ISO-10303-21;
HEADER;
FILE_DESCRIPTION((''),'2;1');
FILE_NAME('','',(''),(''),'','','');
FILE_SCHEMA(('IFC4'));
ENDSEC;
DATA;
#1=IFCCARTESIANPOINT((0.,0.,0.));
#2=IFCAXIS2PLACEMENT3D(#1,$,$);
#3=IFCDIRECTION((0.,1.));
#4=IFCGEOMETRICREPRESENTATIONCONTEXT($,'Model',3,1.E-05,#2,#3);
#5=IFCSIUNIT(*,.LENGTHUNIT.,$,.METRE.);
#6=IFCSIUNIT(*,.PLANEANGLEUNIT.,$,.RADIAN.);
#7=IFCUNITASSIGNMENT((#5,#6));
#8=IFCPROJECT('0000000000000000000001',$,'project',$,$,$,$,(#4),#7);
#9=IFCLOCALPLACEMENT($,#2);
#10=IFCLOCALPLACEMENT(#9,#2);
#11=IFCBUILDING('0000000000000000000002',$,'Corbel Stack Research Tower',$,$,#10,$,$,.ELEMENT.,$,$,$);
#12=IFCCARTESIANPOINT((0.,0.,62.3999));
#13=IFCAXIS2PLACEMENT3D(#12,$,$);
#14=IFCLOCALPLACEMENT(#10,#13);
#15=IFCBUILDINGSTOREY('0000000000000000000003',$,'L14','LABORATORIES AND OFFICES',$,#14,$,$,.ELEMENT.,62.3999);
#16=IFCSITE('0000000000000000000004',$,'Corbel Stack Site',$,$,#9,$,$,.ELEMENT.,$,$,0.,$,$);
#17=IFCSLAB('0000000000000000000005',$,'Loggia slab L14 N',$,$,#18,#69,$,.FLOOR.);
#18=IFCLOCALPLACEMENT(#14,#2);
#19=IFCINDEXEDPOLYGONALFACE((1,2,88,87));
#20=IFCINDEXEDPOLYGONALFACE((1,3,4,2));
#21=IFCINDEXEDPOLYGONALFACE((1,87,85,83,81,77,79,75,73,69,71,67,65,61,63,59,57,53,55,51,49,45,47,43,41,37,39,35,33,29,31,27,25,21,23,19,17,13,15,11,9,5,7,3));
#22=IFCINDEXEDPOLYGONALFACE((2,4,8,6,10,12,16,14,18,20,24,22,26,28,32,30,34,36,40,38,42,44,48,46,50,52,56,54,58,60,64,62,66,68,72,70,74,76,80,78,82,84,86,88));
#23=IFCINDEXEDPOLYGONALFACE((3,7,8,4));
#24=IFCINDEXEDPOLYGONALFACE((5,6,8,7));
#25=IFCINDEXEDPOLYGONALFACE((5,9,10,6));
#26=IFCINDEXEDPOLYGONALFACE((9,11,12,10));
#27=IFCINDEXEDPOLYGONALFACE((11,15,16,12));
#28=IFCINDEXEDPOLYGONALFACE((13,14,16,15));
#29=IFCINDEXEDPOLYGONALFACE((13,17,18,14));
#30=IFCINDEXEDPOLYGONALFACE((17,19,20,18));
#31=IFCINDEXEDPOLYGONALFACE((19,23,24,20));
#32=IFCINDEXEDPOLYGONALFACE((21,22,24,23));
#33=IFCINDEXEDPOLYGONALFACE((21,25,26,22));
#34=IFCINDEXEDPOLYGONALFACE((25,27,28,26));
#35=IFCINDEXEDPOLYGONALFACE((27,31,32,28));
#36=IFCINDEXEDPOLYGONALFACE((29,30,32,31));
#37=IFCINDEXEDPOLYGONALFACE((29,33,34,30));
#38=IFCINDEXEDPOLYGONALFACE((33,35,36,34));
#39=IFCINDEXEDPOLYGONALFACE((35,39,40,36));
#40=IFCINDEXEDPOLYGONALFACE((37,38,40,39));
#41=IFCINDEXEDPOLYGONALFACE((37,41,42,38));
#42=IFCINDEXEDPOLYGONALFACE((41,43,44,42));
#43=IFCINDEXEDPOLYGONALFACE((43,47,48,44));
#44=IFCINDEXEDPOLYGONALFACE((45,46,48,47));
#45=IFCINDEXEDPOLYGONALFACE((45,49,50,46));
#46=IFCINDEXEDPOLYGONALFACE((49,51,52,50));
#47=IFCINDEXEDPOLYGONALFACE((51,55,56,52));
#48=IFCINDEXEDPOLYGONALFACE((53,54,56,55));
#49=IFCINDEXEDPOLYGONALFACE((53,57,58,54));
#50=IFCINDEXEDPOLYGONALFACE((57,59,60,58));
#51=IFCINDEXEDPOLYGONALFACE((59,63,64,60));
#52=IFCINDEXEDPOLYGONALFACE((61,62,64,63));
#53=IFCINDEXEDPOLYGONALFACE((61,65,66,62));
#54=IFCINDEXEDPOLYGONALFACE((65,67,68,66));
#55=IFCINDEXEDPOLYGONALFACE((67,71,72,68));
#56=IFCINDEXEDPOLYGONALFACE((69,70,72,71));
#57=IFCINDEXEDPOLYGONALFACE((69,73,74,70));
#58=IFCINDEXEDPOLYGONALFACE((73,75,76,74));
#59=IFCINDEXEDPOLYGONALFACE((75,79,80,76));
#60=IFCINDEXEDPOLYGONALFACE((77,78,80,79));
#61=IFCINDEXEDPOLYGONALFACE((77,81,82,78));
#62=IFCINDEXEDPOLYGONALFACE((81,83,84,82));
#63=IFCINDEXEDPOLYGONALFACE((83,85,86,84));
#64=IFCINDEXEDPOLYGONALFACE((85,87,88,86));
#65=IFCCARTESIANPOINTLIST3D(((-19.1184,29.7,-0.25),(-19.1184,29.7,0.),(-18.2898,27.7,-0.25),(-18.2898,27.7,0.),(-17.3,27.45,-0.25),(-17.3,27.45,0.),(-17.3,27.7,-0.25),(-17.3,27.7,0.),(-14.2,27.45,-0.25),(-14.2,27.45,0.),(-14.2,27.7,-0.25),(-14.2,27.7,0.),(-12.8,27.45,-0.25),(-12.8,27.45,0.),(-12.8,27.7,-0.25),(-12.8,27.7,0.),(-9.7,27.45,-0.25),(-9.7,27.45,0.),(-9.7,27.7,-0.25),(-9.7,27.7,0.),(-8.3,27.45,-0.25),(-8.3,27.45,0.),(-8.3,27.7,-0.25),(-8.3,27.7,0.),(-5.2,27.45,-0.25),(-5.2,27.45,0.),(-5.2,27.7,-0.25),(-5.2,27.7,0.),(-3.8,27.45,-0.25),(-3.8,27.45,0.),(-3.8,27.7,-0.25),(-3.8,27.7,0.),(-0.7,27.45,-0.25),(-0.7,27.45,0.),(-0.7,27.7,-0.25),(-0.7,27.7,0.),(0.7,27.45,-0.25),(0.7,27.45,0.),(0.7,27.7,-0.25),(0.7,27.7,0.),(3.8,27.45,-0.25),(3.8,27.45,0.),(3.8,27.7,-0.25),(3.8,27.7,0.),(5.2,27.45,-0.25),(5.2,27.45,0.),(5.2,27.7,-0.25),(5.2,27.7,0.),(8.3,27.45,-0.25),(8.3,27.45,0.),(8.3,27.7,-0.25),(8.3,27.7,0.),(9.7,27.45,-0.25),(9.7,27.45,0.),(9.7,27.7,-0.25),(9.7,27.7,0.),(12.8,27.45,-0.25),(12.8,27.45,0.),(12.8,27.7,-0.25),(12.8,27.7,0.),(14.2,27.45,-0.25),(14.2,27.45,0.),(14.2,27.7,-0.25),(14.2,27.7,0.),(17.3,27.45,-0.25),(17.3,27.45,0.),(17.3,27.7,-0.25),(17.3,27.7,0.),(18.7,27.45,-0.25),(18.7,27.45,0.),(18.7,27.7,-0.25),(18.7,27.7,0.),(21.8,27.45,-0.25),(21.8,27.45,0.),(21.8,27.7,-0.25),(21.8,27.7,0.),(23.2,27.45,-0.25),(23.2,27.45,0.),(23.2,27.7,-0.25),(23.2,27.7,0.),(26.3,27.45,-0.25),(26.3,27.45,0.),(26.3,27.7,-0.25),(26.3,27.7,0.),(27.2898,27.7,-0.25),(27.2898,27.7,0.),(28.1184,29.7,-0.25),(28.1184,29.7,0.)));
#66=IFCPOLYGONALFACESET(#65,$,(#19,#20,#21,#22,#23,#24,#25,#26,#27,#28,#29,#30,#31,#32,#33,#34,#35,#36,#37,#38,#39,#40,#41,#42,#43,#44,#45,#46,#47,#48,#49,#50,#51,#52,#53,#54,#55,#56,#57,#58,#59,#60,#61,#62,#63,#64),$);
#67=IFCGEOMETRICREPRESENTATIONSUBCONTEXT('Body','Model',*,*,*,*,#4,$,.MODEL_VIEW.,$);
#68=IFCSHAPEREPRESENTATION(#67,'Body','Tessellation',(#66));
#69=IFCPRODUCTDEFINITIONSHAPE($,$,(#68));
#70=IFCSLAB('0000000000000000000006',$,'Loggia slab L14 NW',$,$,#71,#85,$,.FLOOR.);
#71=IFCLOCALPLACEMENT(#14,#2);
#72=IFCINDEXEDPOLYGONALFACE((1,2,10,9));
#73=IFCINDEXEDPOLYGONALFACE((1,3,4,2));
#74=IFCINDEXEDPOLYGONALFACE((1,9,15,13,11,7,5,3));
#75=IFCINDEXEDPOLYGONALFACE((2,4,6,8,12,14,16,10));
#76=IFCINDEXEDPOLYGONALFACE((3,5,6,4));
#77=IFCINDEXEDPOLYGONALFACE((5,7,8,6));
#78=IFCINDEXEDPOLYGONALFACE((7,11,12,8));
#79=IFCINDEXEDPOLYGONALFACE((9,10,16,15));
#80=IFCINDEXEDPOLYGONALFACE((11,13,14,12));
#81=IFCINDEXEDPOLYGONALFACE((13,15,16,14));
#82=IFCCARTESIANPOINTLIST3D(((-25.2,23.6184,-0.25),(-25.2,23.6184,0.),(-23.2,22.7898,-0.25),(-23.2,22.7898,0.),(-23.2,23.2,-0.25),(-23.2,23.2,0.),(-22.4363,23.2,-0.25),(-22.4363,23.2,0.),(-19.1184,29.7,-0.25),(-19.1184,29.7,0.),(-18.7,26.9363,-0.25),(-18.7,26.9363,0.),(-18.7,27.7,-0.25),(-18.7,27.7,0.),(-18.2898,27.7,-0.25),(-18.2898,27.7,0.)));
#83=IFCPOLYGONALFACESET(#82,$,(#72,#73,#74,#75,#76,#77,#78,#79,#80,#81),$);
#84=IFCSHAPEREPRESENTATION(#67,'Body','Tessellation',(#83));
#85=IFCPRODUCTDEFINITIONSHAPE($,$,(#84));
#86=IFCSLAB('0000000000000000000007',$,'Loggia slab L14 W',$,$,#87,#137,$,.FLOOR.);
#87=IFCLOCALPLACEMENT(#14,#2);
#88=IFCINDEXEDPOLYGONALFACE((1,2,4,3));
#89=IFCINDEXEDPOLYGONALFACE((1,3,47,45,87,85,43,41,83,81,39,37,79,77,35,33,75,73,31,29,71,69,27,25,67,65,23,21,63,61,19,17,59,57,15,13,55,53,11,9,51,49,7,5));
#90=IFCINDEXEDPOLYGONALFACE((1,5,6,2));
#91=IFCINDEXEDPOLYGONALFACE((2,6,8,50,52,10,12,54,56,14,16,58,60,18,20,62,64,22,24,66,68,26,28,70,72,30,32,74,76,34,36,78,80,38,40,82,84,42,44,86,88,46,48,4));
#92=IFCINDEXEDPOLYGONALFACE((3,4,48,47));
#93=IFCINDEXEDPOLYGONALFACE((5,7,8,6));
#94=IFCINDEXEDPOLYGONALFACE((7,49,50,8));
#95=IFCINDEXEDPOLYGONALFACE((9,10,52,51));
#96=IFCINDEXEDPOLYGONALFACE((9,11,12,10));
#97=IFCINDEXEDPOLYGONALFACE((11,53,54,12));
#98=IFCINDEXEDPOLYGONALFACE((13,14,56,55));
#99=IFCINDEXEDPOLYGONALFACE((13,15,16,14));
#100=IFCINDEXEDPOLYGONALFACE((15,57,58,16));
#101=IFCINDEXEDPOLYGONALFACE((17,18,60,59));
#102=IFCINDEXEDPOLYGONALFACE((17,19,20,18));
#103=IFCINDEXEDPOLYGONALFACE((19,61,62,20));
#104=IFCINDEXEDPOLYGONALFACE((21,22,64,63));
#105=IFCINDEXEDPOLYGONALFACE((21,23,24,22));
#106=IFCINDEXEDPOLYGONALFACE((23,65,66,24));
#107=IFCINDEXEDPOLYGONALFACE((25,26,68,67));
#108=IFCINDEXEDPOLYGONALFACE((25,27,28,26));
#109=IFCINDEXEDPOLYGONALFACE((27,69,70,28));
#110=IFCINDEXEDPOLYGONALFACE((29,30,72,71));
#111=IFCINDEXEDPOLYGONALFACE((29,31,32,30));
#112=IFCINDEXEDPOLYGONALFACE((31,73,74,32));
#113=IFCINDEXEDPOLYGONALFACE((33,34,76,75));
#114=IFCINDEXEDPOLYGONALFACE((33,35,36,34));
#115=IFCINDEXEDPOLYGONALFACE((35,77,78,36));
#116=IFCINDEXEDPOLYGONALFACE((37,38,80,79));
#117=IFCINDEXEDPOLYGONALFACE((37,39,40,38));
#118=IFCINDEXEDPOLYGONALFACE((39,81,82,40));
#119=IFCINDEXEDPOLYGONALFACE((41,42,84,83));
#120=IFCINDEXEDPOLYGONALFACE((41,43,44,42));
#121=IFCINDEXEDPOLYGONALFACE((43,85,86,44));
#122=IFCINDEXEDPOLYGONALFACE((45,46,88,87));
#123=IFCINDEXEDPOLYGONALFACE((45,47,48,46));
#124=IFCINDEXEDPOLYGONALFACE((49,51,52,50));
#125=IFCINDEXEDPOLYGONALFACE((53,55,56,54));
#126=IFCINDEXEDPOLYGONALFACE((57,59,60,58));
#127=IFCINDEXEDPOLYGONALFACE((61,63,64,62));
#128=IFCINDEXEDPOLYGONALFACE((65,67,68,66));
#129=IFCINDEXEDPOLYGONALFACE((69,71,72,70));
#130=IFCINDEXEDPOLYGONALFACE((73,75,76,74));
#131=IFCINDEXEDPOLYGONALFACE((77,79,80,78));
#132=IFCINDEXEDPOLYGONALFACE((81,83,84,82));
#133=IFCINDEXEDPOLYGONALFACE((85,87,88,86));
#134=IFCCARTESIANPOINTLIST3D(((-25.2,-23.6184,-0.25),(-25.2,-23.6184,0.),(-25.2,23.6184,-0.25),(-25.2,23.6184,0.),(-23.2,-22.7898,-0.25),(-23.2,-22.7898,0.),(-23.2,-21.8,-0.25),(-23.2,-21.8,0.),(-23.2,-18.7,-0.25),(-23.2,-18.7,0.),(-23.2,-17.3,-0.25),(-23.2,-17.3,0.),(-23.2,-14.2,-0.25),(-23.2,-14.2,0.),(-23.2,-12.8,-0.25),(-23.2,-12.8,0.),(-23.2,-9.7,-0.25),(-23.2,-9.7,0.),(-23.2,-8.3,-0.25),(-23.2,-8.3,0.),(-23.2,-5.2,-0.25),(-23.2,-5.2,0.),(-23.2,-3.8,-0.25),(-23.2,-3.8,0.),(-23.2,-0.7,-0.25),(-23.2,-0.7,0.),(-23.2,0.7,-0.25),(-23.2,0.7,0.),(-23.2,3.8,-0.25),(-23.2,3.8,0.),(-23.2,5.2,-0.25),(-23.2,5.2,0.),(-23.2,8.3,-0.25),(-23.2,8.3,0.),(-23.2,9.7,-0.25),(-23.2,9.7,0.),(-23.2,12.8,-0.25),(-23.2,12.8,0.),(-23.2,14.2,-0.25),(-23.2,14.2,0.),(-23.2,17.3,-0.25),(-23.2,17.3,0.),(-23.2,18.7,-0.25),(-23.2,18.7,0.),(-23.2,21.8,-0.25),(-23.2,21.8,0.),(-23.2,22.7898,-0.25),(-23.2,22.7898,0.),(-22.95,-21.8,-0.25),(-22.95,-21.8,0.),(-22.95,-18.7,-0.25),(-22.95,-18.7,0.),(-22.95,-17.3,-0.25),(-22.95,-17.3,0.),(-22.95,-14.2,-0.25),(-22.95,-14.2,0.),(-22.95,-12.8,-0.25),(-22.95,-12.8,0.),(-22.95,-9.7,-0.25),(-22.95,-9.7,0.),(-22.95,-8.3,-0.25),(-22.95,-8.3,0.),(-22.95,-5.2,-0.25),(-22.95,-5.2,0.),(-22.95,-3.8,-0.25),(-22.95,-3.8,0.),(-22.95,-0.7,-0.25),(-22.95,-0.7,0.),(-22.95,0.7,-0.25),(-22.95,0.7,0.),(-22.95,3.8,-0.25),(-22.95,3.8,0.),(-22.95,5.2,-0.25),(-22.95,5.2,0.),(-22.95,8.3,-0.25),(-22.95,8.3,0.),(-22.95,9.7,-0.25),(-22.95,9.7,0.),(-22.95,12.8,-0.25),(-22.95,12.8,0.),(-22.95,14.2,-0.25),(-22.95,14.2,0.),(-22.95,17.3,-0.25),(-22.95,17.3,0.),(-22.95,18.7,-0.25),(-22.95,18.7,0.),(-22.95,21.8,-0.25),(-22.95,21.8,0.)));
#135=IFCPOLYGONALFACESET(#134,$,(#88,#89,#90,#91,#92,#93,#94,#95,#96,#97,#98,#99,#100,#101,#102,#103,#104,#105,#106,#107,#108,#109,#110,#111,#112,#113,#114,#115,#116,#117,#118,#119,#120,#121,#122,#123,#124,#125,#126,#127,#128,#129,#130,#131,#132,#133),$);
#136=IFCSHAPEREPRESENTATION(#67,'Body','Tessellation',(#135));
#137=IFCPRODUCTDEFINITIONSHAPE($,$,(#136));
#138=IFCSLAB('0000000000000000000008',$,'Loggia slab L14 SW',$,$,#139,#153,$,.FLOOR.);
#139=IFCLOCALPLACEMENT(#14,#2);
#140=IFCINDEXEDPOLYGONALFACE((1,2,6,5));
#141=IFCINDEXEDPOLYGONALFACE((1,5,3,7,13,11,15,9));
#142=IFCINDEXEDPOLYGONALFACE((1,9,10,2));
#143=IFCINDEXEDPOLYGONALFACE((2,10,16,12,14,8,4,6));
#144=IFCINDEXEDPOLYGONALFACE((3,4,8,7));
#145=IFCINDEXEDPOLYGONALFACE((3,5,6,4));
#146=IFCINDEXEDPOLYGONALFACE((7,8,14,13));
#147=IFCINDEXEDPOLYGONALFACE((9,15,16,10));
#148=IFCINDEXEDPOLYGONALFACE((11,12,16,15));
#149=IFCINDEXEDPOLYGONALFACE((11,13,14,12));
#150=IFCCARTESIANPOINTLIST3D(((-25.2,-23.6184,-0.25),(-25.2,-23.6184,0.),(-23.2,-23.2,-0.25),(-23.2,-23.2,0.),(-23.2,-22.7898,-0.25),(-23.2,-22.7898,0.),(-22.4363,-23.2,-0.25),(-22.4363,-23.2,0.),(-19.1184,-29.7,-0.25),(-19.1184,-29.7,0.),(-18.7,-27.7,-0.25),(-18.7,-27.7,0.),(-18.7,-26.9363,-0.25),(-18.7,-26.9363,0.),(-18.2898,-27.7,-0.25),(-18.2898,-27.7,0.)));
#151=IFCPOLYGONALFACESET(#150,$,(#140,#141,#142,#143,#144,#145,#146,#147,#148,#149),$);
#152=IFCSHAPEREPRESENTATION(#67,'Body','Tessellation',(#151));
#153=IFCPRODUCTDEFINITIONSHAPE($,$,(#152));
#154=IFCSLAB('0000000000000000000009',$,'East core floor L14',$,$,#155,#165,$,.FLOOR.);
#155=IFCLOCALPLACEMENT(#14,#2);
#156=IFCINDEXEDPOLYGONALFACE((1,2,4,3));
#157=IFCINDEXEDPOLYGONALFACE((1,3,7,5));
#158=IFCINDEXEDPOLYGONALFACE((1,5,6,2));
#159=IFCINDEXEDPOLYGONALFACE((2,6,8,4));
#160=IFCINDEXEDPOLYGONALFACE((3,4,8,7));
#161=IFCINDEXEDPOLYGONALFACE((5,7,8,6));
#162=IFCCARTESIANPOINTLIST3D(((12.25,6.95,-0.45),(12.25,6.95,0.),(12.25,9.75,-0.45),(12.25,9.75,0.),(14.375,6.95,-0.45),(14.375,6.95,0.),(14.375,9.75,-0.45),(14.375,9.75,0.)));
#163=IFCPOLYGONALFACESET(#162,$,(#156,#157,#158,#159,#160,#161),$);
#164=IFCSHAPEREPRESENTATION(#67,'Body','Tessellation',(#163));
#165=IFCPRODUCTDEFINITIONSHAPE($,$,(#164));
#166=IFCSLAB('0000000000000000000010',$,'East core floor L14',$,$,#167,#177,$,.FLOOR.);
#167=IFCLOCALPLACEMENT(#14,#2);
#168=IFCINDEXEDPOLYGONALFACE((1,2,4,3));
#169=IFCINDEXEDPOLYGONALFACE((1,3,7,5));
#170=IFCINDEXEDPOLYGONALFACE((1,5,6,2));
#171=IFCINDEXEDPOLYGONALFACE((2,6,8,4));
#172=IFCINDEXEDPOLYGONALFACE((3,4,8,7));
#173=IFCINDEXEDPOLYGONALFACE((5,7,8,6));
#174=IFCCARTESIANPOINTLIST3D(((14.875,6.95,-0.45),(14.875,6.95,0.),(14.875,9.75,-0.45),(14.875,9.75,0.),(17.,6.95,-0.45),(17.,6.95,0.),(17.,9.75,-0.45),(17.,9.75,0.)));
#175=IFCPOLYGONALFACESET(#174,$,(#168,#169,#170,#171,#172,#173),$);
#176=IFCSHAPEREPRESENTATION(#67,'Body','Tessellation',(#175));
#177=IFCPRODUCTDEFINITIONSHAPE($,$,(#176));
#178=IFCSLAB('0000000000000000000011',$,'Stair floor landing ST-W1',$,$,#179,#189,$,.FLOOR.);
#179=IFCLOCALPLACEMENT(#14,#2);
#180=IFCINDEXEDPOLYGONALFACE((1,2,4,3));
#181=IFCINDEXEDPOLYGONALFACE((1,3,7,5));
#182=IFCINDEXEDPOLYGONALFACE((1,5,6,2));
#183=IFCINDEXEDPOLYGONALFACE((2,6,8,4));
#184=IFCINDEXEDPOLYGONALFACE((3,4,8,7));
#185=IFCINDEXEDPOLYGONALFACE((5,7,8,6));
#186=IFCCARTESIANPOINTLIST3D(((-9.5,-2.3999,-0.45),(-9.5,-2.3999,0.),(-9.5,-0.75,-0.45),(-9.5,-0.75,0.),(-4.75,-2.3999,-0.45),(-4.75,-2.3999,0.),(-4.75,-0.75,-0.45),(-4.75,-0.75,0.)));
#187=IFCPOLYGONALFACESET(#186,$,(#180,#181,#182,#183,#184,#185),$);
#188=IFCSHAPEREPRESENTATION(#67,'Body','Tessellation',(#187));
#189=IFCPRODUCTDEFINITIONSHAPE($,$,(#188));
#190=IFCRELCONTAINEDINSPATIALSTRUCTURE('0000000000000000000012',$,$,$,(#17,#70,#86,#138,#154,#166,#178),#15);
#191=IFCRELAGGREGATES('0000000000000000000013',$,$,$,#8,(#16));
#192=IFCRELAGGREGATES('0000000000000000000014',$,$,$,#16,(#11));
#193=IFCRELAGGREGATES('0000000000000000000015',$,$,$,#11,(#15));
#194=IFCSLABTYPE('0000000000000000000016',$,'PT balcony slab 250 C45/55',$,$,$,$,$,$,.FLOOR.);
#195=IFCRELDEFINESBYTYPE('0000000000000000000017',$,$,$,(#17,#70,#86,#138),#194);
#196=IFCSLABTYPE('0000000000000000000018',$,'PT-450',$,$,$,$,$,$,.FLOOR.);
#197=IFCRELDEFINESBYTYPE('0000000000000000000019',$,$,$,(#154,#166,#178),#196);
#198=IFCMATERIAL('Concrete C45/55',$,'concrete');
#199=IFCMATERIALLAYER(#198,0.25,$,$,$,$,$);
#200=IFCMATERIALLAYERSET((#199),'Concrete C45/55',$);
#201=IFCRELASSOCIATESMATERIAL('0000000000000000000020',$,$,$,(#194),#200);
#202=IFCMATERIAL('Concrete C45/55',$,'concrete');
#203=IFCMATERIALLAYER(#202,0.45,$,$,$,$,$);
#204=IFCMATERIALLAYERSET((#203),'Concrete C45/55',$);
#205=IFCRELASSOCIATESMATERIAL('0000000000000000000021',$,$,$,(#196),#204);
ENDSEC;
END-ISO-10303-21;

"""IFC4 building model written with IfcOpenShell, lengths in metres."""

from ifc_helpers import new_model, si_unit, direction, frame, origin, place, context, subcontext, project, spatial, polyline, outline, extrude, material, layer, layer_set, type_object, element, save


model = new_model("IFC4")

# Units and contexts
model_context = context("Model", 3, precision=1e-05, world=origin(), true_north=direction((0.0, 1.0)))
body_context = subcontext(model_context, "Body", "Model", "MODEL_VIEW")
ifc_project = project(units=[si_unit("LENGTHUNIT", "METRE"), si_unit("PLANEANGLEUNIT", "RADIAN")], contexts=[model_context])

# Site, building, storey
site_placement = place(None, origin())
site = spatial("IfcSite", under=ifc_project, at=site_placement, Name="Corbel Stack Site", CompositionType="ELEMENT", RefElevation=0.0)
building_placement = place(site_placement, origin())
building = spatial("IfcBuilding", under=site, at=building_placement, Name="Corbel Stack Research Tower", CompositionType="ELEMENT")
storey_placement = place(building_placement, frame((0.0, 0.0, 62.3999)))
storey = spatial("IfcBuildingStorey", under=building, at=storey_placement, Name="L14", Description="LABORATORIES AND OFFICES", CompositionType="ELEMENT", Elevation=62.3999)

# Slabs
ifc_material_1 = material(Name="Concrete C45/55", Category="concrete")
ifc_layer_1 = layer(ifc_material_1, 0.25)
ifc_layer_set_1 = layer_set([ifc_layer_1], Name="Concrete C45/55")
slab_type_1 = type_object("IfcSlabType", Name="PT balcony slab 250 C45/55", PredefinedType="FLOOR", material=ifc_layer_set_1)
slab_1_placement = place(storey_placement, frame((0.0, 0.0, -0.25)))
element("IfcSlab", 1, at=slab_1_placement, inside=storey, type_object=slab_type_1, Name="Loggia slab L14 N", PredefinedType="FLOOR", context=body_context, shape_type="SweptSolid", body=[
    extrude(outline(polyline([(-18.2898, 27.7), (-17.3, 27.7), (-17.3, 27.45), (-14.2, 27.45), (-14.2, 27.7), (-12.8, 27.7), (-12.8, 27.45), (-9.7, 27.45), (-9.7, 27.7), (-8.3, 27.7), (-8.3, 27.45), (-5.2, 27.45), (-5.2, 27.7), (-3.8, 27.7), (-3.8, 27.45), (-0.7, 27.45), (-0.7, 27.7), (0.7, 27.7), (0.7, 27.45), (3.8, 27.45), (3.8, 27.7), (5.2, 27.7), (5.2, 27.45), (8.3, 27.45), (8.3, 27.7), (9.7, 27.7), (9.7, 27.45), (12.8, 27.45), (12.8, 27.7), (14.2, 27.7), (14.2, 27.45), (17.3, 27.45), (17.3, 27.7), (18.7, 27.7), (18.7, 27.45), (21.8, 27.45), (21.8, 27.7), (23.2, 27.7), (23.2, 27.45), (26.3, 27.45), (26.3, 27.7), (27.2898, 27.7), (28.1184, 29.7), (-19.1184, 29.7), (-18.2898, 27.7)])), origin(), (0.0, 0.0, 1.0), 0.25),
])
slab_2_placement = place(storey_placement, frame((0.0, 0.0, -0.25)))
element("IfcSlab", 2, at=slab_2_placement, inside=storey, type_object=slab_type_1, Name="Loggia slab L14 NW", PredefinedType="FLOOR", context=body_context, shape_type="SweptSolid", body=[
    extrude(outline(polyline([(-23.2, 22.7898), (-23.2, 23.2), (-22.4363, 23.2), (-18.7, 26.9363), (-18.7, 27.7), (-18.2898, 27.7), (-19.1184, 29.7), (-25.2, 23.6184), (-23.2, 22.7898)])), origin(), (0.0, 0.0, 1.0), 0.25),
])
slab_3_placement = place(storey_placement, frame((0.0, 0.0, -0.25)))
element("IfcSlab", 3, at=slab_3_placement, inside=storey, type_object=slab_type_1, Name="Loggia slab L14 W", PredefinedType="FLOOR", context=body_context, shape_type="SweptSolid", body=[
    extrude(outline(polyline([(-23.2, -22.7898), (-23.2, -21.8), (-22.95, -21.8), (-22.95, -18.7), (-23.2, -18.7), (-23.2, -17.3), (-22.95, -17.3), (-22.95, -14.2), (-23.2, -14.2), (-23.2, -12.8), (-22.95, -12.8), (-22.95, -9.7), (-23.2, -9.7), (-23.2, -8.3), (-22.95, -8.3), (-22.95, -5.2), (-23.2, -5.2), (-23.2, -3.8), (-22.95, -3.8), (-22.95, -0.7), (-23.2, -0.7), (-23.2, 0.7), (-22.95, 0.7), (-22.95, 3.8), (-23.2, 3.8), (-23.2, 5.2), (-22.95, 5.2), (-22.95, 8.3), (-23.2, 8.3), (-23.2, 9.7), (-22.95, 9.7), (-22.95, 12.8), (-23.2, 12.8), (-23.2, 14.2), (-22.95, 14.2), (-22.95, 17.3), (-23.2, 17.3), (-23.2, 18.7), (-22.95, 18.7), (-22.95, 21.8), (-23.2, 21.8), (-23.2, 22.7898), (-25.2, 23.6184), (-25.2, -23.6184), (-23.2, -22.7898)])), origin(), (0.0, 0.0, 1.0), 0.25),
])
slab_4_placement = place(storey_placement, frame((0.0, 0.0, -0.25)))
element("IfcSlab", 4, at=slab_4_placement, inside=storey, type_object=slab_type_1, Name="Loggia slab L14 SW", PredefinedType="FLOOR", context=body_context, shape_type="SweptSolid", body=[
    extrude(outline(polyline([(-18.2898, -27.7), (-18.7, -27.7), (-18.7, -26.9363), (-22.4363, -23.2), (-23.2, -23.2), (-23.2, -22.7898), (-25.2, -23.6184), (-19.1184, -29.7), (-18.2898, -27.7)])), origin(), (0.0, 0.0, 1.0), 0.25),
])
ifc_material_2 = material(Name="Concrete C45/55", Category="concrete")
ifc_layer_2 = layer(ifc_material_2, 0.45)
ifc_layer_set_2 = layer_set([ifc_layer_2], Name="Concrete C45/55")
slab_type_2 = type_object("IfcSlabType", Name="PT-450", PredefinedType="FLOOR", material=ifc_layer_set_2)
slab_5_placement = place(storey_placement, frame((0.0, 0.0, -0.45)))
element("IfcSlab", 5, at=slab_5_placement, inside=storey, type_object=slab_type_2, Name="East core floor L14", PredefinedType="FLOOR", context=body_context, shape_type="SweptSolid", body=[
    extrude(outline(polyline([(14.375, 6.95), (14.375, 9.75), (12.25, 9.75), (12.25, 6.95), (14.375, 6.95)])), origin(), (0.0, 0.0, 1.0), 0.45),
])
slab_6_placement = place(storey_placement, frame((0.0, 0.0, -0.45)))
element("IfcSlab", 6, at=slab_6_placement, inside=storey, type_object=slab_type_2, Name="East core floor L14", PredefinedType="FLOOR", context=body_context, shape_type="SweptSolid", body=[
    extrude(outline(polyline([(17.0, 6.95), (17.0, 9.75), (14.875, 9.75), (14.875, 6.95), (17.0, 6.95)])), origin(), (0.0, 0.0, 1.0), 0.45),
])
slab_7_placement = place(storey_placement, frame((0.0, 0.0, -0.45)))
element("IfcSlab", 7, at=slab_7_placement, inside=storey, type_object=slab_type_2, Name="Stair floor landing ST-W1", PredefinedType="FLOOR", context=body_context, shape_type="SweptSolid", body=[
    extrude(outline(polyline([(-9.5, -2.3999), (-4.75, -2.3999), (-4.75, -0.75), (-9.5, -0.75), (-9.5, -2.3999)])), origin(), (0.0, 0.0, 1.0), 0.45),
])

save(model, "model.ifc")
